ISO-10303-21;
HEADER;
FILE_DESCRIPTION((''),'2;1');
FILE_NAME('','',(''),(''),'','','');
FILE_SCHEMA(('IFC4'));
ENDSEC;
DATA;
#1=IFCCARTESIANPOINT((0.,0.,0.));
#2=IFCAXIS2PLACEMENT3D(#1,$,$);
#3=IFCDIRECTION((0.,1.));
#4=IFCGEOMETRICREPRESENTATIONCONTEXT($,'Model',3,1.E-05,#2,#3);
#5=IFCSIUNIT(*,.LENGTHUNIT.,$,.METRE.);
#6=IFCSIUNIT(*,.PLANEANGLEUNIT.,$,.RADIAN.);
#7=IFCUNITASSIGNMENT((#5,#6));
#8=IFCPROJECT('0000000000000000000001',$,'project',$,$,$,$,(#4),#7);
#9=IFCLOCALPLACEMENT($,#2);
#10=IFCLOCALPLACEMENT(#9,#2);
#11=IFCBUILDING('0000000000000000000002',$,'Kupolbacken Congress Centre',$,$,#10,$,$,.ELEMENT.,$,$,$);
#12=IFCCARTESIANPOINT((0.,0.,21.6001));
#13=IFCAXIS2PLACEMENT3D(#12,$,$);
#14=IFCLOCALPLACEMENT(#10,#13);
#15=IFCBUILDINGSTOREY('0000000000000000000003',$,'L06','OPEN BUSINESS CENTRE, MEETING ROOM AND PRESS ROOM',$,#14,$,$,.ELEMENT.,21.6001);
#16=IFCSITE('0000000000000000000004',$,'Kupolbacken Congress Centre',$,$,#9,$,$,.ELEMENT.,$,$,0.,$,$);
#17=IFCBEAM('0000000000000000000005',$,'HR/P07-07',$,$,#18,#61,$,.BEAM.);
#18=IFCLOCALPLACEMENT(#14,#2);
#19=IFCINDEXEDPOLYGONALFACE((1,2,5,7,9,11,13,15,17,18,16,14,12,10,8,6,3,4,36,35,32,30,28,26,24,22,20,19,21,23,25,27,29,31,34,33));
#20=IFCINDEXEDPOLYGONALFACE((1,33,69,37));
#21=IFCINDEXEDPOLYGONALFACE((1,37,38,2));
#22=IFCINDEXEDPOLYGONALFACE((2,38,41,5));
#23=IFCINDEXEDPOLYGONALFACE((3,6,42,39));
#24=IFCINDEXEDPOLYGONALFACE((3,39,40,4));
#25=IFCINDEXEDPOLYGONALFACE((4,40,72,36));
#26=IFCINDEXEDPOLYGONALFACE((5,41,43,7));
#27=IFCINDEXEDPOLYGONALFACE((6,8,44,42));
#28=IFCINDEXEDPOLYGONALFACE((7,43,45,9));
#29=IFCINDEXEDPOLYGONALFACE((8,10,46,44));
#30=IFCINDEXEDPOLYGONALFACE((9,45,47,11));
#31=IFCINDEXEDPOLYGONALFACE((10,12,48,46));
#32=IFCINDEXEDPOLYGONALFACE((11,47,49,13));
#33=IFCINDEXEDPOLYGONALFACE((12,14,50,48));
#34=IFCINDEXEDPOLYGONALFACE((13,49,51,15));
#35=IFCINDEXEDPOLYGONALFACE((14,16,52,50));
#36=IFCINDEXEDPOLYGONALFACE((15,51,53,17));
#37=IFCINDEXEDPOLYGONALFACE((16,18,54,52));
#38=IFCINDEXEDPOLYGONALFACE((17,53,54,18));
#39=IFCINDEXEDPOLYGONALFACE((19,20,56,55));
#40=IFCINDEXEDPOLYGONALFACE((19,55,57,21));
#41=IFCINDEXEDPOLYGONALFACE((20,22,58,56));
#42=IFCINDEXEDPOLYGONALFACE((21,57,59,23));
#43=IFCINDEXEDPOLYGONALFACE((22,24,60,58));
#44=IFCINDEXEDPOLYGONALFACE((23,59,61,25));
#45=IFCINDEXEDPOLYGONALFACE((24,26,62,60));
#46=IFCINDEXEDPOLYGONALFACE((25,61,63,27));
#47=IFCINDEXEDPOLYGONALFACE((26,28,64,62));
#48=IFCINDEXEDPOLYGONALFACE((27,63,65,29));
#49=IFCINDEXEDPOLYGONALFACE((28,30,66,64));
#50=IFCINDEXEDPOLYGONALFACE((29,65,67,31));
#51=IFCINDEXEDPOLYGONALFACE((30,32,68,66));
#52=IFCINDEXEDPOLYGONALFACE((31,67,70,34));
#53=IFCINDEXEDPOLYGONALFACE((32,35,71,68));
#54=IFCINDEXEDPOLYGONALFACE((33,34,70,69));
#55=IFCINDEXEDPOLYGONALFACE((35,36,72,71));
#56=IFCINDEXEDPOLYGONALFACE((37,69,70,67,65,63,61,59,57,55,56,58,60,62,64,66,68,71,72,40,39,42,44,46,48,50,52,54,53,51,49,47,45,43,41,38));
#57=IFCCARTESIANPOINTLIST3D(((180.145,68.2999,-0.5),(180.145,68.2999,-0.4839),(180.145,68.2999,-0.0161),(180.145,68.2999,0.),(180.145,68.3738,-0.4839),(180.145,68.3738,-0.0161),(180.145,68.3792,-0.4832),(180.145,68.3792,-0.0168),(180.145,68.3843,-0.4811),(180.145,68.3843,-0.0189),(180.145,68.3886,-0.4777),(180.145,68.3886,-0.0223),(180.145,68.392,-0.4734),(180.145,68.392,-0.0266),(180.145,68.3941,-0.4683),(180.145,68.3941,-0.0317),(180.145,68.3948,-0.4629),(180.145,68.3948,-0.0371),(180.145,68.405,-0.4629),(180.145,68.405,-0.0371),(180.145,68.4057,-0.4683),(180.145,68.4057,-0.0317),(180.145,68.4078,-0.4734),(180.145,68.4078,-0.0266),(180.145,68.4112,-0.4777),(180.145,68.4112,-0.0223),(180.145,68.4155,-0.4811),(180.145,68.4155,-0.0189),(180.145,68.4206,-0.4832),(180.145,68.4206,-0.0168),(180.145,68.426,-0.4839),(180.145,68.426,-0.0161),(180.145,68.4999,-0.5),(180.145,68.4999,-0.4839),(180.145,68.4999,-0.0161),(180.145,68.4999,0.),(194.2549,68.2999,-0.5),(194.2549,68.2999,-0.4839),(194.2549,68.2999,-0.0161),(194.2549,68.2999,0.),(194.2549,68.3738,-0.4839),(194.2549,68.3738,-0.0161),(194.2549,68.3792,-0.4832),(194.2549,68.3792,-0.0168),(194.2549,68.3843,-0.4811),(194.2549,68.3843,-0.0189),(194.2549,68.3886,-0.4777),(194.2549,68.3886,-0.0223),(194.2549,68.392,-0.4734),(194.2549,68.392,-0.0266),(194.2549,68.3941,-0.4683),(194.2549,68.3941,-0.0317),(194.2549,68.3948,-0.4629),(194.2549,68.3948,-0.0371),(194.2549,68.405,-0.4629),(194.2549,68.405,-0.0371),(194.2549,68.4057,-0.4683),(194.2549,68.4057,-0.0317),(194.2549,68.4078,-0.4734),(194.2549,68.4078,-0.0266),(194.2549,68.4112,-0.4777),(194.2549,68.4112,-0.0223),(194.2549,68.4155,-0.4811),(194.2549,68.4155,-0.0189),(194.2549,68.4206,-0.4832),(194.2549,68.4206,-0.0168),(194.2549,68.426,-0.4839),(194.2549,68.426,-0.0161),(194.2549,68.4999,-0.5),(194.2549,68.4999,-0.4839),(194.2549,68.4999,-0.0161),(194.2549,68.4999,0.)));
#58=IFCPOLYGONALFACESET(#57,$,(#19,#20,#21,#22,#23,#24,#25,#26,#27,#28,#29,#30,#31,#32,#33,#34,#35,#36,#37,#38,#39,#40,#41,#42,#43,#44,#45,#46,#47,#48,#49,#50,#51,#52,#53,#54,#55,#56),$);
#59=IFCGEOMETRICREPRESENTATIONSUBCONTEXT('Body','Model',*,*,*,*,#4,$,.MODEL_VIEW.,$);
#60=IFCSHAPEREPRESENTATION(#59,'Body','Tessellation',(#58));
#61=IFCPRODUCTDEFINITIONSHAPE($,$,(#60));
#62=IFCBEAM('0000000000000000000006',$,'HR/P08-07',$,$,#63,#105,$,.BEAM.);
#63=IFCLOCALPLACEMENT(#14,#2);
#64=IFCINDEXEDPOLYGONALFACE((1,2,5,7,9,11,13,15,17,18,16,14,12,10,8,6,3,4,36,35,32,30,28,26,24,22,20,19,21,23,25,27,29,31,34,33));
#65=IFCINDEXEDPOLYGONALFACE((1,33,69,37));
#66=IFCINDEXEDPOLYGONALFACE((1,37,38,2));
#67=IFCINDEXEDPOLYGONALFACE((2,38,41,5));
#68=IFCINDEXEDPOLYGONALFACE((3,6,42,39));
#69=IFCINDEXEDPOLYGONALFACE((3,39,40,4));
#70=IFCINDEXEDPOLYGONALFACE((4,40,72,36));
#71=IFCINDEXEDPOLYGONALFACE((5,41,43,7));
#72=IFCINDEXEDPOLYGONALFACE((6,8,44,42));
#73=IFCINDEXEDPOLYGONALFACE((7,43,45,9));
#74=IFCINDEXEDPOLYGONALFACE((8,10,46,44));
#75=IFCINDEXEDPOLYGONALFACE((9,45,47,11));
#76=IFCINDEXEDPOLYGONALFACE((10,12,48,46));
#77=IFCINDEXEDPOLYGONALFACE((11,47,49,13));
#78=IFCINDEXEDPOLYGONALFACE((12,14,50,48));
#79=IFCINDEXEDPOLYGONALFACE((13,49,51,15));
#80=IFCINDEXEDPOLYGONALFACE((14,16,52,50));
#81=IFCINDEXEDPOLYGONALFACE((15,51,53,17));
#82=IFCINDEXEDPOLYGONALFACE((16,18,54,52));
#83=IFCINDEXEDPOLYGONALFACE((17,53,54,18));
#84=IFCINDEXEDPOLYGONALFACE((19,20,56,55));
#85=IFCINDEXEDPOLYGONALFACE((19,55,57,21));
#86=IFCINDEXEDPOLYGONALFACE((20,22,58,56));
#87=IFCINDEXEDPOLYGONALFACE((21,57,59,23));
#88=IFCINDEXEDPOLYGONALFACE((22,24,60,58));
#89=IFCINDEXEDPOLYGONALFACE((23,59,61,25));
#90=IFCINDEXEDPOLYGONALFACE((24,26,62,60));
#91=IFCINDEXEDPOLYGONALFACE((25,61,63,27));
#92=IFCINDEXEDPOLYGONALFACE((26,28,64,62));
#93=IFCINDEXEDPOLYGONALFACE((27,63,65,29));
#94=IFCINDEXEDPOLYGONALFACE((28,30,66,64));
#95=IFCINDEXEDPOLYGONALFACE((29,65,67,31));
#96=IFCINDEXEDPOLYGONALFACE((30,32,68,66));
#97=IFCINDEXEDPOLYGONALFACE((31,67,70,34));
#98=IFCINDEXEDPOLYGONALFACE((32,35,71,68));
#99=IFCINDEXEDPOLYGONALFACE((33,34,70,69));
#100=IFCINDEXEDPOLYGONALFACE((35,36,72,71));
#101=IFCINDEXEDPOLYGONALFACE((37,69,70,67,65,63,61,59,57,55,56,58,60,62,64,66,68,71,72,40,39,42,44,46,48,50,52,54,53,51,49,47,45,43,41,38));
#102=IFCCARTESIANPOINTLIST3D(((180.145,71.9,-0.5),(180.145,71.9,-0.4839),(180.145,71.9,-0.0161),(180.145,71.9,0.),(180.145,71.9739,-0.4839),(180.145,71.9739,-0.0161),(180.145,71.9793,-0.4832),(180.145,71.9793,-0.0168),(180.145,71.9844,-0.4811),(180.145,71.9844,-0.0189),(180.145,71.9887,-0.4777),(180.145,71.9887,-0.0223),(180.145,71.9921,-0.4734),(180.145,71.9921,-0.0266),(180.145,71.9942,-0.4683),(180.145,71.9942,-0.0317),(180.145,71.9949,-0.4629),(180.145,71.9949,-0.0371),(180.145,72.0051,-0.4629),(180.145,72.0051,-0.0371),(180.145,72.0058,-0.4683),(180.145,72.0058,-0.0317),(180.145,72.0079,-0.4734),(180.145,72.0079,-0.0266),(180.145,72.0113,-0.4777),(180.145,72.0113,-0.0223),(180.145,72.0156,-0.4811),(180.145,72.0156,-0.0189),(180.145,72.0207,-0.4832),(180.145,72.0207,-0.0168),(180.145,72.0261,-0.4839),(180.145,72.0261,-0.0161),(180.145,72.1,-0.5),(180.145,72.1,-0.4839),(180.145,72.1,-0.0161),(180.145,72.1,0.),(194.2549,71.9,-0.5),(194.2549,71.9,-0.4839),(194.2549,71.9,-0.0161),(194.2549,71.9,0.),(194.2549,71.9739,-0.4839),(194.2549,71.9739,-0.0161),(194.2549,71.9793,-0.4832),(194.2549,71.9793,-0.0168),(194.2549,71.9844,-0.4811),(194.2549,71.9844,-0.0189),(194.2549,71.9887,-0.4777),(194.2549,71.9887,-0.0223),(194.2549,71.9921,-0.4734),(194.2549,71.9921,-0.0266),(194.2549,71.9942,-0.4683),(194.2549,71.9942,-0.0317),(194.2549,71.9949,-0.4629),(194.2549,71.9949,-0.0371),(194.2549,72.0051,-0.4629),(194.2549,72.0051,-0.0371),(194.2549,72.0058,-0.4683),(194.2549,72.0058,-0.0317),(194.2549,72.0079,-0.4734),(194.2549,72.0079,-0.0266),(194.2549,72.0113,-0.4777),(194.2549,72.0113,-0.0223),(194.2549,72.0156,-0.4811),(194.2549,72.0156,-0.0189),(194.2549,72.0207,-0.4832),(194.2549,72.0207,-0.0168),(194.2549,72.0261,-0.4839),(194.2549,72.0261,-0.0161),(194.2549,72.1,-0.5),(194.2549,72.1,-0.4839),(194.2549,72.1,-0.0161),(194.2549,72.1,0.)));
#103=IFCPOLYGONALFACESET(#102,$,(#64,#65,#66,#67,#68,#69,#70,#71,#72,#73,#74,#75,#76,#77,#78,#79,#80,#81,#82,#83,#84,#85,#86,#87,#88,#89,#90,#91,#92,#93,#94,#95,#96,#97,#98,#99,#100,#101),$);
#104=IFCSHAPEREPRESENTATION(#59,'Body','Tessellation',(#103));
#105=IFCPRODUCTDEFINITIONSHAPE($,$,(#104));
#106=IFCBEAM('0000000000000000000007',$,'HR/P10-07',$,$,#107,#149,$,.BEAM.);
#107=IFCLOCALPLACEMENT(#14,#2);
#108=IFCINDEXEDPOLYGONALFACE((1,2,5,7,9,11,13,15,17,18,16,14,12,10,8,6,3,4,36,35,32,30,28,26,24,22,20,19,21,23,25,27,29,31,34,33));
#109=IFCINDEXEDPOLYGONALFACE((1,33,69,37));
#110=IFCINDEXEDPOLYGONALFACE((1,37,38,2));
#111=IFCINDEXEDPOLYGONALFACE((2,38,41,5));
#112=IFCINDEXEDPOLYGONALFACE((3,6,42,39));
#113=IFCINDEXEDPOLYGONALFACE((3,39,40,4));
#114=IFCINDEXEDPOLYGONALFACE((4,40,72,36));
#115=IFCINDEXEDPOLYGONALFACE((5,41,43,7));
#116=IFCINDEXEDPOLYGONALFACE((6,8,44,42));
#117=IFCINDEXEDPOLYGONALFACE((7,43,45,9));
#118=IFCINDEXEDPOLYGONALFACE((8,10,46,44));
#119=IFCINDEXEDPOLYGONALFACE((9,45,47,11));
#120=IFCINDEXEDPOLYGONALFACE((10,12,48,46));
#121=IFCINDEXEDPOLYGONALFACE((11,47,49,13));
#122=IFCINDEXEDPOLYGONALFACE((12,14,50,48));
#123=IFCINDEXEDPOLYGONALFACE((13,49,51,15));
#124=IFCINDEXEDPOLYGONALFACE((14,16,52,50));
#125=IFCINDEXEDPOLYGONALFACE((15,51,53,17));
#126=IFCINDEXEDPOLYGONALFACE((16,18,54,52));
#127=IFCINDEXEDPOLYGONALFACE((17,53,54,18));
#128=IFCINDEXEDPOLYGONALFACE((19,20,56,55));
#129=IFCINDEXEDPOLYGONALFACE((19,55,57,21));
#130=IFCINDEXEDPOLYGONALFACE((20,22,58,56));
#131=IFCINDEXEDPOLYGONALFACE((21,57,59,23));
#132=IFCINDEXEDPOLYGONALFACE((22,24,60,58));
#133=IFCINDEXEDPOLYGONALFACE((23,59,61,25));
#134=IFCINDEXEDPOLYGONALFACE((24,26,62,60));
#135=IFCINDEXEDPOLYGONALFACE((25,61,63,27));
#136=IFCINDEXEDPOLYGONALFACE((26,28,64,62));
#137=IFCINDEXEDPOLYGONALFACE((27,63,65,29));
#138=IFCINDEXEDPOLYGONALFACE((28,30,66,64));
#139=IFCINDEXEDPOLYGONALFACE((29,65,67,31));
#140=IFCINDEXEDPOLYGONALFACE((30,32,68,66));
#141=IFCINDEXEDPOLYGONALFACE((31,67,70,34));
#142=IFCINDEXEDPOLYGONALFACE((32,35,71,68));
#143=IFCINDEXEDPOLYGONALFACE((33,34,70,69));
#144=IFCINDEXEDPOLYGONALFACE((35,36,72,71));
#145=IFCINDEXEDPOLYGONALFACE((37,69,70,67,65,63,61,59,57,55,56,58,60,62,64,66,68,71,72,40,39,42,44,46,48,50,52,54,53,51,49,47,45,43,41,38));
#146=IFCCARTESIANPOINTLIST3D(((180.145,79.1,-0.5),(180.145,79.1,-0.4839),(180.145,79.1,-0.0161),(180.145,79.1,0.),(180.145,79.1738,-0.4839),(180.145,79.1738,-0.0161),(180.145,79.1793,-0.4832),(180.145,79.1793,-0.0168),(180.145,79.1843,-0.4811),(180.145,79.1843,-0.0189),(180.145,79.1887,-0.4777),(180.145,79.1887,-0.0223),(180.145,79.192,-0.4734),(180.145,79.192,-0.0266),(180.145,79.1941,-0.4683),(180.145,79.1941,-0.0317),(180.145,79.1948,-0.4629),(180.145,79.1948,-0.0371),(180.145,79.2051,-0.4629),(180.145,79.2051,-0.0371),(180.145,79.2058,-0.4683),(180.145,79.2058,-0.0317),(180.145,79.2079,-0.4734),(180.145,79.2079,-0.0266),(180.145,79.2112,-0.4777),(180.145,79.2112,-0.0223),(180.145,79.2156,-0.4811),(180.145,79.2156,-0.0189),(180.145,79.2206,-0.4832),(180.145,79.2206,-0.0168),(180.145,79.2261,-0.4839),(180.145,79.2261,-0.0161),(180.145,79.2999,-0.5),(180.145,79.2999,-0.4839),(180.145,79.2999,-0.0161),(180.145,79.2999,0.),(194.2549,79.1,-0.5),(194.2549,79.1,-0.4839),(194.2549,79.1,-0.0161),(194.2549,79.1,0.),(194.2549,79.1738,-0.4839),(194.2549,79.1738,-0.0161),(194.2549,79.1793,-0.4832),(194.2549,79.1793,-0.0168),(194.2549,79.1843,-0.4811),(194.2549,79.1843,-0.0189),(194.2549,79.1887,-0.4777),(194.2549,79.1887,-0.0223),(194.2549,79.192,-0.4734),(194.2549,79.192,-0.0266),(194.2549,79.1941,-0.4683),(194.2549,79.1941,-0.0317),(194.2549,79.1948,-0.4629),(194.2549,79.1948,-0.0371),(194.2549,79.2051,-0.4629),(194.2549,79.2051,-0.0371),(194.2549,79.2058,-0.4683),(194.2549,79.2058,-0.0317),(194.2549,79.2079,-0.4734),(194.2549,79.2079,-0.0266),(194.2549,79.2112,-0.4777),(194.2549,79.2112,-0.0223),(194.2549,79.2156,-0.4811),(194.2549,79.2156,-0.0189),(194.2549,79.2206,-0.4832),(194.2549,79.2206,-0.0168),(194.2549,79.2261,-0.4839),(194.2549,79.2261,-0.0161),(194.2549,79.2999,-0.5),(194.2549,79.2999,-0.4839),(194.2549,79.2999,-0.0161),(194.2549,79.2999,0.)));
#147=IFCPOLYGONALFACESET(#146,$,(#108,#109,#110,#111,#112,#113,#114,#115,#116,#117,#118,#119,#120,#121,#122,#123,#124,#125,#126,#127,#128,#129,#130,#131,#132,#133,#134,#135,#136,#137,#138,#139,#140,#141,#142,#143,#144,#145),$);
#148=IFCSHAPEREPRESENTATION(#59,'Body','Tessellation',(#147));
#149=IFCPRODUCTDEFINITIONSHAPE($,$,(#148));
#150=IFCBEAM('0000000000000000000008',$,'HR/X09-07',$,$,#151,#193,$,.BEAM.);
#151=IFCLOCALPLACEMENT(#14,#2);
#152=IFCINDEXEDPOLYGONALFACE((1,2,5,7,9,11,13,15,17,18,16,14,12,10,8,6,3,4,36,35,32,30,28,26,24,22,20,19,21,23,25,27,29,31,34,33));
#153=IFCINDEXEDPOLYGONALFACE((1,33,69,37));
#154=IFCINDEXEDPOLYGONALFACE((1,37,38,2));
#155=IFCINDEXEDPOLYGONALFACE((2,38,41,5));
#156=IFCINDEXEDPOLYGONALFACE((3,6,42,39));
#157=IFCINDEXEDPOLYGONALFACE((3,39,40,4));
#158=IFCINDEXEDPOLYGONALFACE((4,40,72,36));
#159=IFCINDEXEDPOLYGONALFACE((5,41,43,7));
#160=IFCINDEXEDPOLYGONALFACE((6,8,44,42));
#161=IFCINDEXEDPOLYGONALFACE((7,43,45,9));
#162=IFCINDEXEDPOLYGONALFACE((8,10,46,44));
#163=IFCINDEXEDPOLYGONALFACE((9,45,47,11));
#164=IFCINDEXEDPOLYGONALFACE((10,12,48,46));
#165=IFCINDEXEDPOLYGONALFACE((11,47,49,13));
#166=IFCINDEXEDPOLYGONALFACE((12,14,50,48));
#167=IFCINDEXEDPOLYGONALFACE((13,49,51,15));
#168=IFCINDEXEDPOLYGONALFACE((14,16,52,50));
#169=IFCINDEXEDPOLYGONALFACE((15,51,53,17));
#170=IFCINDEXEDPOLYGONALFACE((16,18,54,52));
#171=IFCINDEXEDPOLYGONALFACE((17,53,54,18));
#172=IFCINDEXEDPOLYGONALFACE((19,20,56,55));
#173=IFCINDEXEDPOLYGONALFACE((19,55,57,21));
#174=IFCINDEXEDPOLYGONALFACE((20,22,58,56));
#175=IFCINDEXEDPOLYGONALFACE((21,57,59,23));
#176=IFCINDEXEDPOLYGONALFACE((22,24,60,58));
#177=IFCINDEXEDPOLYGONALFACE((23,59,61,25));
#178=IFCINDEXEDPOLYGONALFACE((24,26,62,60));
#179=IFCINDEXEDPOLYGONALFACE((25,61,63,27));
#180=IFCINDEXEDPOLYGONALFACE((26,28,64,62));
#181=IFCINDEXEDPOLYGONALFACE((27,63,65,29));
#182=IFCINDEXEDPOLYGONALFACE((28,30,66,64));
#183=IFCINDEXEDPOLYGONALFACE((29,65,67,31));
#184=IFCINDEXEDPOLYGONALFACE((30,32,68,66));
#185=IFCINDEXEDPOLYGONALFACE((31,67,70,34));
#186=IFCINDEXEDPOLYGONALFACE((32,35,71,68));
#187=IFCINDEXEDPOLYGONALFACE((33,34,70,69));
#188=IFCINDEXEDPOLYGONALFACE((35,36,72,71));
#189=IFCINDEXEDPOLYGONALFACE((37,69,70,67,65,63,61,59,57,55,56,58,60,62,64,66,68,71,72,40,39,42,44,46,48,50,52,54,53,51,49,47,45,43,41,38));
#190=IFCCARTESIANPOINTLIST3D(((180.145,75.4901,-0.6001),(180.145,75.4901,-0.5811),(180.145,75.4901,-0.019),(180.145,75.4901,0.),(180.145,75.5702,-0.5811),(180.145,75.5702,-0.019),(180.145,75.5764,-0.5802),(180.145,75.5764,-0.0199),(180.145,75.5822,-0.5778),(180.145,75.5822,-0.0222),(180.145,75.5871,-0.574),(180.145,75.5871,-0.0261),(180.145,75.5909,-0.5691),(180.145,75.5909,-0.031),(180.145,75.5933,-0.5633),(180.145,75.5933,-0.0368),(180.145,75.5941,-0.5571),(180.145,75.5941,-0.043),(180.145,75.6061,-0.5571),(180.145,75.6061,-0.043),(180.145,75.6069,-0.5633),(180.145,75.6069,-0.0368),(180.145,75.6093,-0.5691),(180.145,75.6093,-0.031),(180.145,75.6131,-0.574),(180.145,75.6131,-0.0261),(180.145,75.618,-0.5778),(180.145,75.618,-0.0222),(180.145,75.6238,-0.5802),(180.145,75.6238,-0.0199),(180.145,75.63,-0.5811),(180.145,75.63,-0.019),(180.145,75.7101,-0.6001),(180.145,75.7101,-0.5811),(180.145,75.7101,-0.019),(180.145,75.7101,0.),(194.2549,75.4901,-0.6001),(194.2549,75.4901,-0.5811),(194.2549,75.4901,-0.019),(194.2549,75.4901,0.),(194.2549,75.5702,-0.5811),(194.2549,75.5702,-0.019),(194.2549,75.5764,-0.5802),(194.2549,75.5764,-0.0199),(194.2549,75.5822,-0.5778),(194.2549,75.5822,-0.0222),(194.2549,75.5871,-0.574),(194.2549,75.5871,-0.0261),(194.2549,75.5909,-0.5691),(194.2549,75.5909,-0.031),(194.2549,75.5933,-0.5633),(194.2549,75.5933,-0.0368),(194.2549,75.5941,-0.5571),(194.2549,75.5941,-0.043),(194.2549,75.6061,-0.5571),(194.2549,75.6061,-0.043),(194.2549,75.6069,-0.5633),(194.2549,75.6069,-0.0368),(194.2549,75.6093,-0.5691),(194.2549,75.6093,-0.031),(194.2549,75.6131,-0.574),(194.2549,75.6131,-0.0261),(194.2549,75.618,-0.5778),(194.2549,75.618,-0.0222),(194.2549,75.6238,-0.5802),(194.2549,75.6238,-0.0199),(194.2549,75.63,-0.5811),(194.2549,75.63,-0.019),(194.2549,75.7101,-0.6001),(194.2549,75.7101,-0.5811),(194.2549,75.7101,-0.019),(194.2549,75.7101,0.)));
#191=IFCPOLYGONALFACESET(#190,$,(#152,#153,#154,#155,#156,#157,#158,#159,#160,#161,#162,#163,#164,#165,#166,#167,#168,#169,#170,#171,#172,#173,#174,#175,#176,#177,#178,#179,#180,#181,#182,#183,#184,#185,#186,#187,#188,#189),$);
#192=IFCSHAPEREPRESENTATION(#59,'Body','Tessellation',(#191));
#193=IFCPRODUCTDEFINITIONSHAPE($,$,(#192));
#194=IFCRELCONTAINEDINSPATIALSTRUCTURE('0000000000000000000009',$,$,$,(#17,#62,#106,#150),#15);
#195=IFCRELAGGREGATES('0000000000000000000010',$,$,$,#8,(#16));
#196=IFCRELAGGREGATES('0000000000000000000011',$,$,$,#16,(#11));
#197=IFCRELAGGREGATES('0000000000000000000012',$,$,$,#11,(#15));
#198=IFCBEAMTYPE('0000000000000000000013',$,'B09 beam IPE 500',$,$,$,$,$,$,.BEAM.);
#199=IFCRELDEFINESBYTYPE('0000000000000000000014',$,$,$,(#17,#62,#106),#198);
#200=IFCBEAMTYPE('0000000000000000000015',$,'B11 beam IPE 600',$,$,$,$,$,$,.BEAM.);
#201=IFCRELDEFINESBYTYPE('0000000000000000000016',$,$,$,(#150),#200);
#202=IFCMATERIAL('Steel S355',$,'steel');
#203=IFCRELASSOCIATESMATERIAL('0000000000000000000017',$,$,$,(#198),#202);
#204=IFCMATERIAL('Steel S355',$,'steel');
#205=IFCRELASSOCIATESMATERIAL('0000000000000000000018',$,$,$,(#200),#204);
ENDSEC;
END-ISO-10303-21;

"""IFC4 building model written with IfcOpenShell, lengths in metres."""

from ifc_helpers import new_model, si_unit, direction, frame, origin, origin_2d, place, context, subcontext, project, spatial, i_section, extrude, material, material_profile, profile_set, type_object, element, save


model = new_model("IFC4")

# Units and contexts
model_context = context("Model", 3, precision=1e-05, world=origin(), true_north=direction((0.0, 1.0)))
body_context = subcontext(model_context, "Body", "Model", "MODEL_VIEW")
ifc_project = project(units=[si_unit("LENGTHUNIT", "METRE"), si_unit("PLANEANGLEUNIT", "RADIAN")], contexts=[model_context])

# Site, building, storey
site_placement = place(None, origin())
site = spatial("IfcSite", under=ifc_project, at=site_placement, Name="Kupolbacken Congress Centre", CompositionType="ELEMENT", RefElevation=0.0)
building_placement = place(site_placement, origin())
building = spatial("IfcBuilding", under=site, at=building_placement, Name="Kupolbacken Congress Centre", CompositionType="ELEMENT")
storey_placement = place(building_placement, frame((0.0, 0.0, 21.6001)))
storey = spatial("IfcBuildingStorey", under=building, at=storey_placement, Name="L06", Description="OPEN BUSINESS CENTRE, MEETING ROOM AND PRESS ROOM", CompositionType="ELEMENT", Elevation=21.6001)

# Beams
ifc_material_1 = material(Name="Steel S355", Category="steel")
ifc_material_profile_1 = material_profile(ifc_material_1, i_section(OverallWidth=0.2, OverallDepth=0.5, WebThickness=0.0103, FlangeThickness=0.0161, FilletRadius=0.021, at=origin_2d()), Name="IPE 500")
ifc_profile_set_1 = profile_set([ifc_material_profile_1], Name="Steel S355")
beam_type_1 = type_object("IfcBeamType", Name="B09 beam IPE 500", PredefinedType="BEAM", material=ifc_profile_set_1)
for number, where, z_axis, x_axis, name in (
    (1, (180.145, 68.3999, -0.25), (1.0, 0.0, 0.0), (0.0, 1.0, 0.0), "HR/P07-07"),
    (2, (180.145, 72.0, -0.25), (1.0, 0.0, 0.0), (0.0, 1.0, 0.0), "HR/P08-07"),
    (3, (180.145, 79.2, -0.25), (1.0, 0.0, 0.0), (0.0, 1.0, 0.0), "HR/P10-07"),
):
    element("IfcBeam", number, at=place(storey_placement, frame(where, z_axis=z_axis, x_axis=x_axis)), inside=storey, type_object=beam_type_1, Name=name, PredefinedType="BEAM", context=body_context, shape_type="SweptSolid", body=[
        extrude(i_section(OverallWidth=0.2, OverallDepth=0.5, WebThickness=0.0103, FlangeThickness=0.0161, FilletRadius=0.021, at=origin_2d()), origin(), (0.0, 0.0, 1.0), 14.1099),
    ])
ifc_material_2 = material(Name="Steel S355", Category="steel")
ifc_material_profile_2 = material_profile(ifc_material_2, i_section(OverallWidth=0.22, OverallDepth=0.6001, WebThickness=0.012, FlangeThickness=0.019, FilletRadius=0.0239, at=origin_2d()), Name="IPE 600")
ifc_profile_set_2 = profile_set([ifc_material_profile_2], Name="Steel S355")
beam_type_2 = type_object("IfcBeamType", Name="B11 beam IPE 600", PredefinedType="BEAM", material=ifc_profile_set_2)
for number, where, z_axis, x_axis, name in (
    (4, (180.145, 75.6001, -0.3), (1.0, 0.0, 0.0), (0.0, 1.0, 0.0), "HR/X09-07"),
):
    element("IfcBeam", number, at=place(storey_placement, frame(where, z_axis=z_axis, x_axis=x_axis)), inside=storey, type_object=beam_type_2, Name=name, PredefinedType="BEAM", context=body_context, shape_type="SweptSolid", body=[
        extrude(i_section(OverallWidth=0.22, OverallDepth=0.6001, WebThickness=0.012, FlangeThickness=0.019, FilletRadius=0.0239, at=origin_2d()), origin(), (0.0, 0.0, 1.0), 14.1099),
    ])

save(model, "model.ifc")
